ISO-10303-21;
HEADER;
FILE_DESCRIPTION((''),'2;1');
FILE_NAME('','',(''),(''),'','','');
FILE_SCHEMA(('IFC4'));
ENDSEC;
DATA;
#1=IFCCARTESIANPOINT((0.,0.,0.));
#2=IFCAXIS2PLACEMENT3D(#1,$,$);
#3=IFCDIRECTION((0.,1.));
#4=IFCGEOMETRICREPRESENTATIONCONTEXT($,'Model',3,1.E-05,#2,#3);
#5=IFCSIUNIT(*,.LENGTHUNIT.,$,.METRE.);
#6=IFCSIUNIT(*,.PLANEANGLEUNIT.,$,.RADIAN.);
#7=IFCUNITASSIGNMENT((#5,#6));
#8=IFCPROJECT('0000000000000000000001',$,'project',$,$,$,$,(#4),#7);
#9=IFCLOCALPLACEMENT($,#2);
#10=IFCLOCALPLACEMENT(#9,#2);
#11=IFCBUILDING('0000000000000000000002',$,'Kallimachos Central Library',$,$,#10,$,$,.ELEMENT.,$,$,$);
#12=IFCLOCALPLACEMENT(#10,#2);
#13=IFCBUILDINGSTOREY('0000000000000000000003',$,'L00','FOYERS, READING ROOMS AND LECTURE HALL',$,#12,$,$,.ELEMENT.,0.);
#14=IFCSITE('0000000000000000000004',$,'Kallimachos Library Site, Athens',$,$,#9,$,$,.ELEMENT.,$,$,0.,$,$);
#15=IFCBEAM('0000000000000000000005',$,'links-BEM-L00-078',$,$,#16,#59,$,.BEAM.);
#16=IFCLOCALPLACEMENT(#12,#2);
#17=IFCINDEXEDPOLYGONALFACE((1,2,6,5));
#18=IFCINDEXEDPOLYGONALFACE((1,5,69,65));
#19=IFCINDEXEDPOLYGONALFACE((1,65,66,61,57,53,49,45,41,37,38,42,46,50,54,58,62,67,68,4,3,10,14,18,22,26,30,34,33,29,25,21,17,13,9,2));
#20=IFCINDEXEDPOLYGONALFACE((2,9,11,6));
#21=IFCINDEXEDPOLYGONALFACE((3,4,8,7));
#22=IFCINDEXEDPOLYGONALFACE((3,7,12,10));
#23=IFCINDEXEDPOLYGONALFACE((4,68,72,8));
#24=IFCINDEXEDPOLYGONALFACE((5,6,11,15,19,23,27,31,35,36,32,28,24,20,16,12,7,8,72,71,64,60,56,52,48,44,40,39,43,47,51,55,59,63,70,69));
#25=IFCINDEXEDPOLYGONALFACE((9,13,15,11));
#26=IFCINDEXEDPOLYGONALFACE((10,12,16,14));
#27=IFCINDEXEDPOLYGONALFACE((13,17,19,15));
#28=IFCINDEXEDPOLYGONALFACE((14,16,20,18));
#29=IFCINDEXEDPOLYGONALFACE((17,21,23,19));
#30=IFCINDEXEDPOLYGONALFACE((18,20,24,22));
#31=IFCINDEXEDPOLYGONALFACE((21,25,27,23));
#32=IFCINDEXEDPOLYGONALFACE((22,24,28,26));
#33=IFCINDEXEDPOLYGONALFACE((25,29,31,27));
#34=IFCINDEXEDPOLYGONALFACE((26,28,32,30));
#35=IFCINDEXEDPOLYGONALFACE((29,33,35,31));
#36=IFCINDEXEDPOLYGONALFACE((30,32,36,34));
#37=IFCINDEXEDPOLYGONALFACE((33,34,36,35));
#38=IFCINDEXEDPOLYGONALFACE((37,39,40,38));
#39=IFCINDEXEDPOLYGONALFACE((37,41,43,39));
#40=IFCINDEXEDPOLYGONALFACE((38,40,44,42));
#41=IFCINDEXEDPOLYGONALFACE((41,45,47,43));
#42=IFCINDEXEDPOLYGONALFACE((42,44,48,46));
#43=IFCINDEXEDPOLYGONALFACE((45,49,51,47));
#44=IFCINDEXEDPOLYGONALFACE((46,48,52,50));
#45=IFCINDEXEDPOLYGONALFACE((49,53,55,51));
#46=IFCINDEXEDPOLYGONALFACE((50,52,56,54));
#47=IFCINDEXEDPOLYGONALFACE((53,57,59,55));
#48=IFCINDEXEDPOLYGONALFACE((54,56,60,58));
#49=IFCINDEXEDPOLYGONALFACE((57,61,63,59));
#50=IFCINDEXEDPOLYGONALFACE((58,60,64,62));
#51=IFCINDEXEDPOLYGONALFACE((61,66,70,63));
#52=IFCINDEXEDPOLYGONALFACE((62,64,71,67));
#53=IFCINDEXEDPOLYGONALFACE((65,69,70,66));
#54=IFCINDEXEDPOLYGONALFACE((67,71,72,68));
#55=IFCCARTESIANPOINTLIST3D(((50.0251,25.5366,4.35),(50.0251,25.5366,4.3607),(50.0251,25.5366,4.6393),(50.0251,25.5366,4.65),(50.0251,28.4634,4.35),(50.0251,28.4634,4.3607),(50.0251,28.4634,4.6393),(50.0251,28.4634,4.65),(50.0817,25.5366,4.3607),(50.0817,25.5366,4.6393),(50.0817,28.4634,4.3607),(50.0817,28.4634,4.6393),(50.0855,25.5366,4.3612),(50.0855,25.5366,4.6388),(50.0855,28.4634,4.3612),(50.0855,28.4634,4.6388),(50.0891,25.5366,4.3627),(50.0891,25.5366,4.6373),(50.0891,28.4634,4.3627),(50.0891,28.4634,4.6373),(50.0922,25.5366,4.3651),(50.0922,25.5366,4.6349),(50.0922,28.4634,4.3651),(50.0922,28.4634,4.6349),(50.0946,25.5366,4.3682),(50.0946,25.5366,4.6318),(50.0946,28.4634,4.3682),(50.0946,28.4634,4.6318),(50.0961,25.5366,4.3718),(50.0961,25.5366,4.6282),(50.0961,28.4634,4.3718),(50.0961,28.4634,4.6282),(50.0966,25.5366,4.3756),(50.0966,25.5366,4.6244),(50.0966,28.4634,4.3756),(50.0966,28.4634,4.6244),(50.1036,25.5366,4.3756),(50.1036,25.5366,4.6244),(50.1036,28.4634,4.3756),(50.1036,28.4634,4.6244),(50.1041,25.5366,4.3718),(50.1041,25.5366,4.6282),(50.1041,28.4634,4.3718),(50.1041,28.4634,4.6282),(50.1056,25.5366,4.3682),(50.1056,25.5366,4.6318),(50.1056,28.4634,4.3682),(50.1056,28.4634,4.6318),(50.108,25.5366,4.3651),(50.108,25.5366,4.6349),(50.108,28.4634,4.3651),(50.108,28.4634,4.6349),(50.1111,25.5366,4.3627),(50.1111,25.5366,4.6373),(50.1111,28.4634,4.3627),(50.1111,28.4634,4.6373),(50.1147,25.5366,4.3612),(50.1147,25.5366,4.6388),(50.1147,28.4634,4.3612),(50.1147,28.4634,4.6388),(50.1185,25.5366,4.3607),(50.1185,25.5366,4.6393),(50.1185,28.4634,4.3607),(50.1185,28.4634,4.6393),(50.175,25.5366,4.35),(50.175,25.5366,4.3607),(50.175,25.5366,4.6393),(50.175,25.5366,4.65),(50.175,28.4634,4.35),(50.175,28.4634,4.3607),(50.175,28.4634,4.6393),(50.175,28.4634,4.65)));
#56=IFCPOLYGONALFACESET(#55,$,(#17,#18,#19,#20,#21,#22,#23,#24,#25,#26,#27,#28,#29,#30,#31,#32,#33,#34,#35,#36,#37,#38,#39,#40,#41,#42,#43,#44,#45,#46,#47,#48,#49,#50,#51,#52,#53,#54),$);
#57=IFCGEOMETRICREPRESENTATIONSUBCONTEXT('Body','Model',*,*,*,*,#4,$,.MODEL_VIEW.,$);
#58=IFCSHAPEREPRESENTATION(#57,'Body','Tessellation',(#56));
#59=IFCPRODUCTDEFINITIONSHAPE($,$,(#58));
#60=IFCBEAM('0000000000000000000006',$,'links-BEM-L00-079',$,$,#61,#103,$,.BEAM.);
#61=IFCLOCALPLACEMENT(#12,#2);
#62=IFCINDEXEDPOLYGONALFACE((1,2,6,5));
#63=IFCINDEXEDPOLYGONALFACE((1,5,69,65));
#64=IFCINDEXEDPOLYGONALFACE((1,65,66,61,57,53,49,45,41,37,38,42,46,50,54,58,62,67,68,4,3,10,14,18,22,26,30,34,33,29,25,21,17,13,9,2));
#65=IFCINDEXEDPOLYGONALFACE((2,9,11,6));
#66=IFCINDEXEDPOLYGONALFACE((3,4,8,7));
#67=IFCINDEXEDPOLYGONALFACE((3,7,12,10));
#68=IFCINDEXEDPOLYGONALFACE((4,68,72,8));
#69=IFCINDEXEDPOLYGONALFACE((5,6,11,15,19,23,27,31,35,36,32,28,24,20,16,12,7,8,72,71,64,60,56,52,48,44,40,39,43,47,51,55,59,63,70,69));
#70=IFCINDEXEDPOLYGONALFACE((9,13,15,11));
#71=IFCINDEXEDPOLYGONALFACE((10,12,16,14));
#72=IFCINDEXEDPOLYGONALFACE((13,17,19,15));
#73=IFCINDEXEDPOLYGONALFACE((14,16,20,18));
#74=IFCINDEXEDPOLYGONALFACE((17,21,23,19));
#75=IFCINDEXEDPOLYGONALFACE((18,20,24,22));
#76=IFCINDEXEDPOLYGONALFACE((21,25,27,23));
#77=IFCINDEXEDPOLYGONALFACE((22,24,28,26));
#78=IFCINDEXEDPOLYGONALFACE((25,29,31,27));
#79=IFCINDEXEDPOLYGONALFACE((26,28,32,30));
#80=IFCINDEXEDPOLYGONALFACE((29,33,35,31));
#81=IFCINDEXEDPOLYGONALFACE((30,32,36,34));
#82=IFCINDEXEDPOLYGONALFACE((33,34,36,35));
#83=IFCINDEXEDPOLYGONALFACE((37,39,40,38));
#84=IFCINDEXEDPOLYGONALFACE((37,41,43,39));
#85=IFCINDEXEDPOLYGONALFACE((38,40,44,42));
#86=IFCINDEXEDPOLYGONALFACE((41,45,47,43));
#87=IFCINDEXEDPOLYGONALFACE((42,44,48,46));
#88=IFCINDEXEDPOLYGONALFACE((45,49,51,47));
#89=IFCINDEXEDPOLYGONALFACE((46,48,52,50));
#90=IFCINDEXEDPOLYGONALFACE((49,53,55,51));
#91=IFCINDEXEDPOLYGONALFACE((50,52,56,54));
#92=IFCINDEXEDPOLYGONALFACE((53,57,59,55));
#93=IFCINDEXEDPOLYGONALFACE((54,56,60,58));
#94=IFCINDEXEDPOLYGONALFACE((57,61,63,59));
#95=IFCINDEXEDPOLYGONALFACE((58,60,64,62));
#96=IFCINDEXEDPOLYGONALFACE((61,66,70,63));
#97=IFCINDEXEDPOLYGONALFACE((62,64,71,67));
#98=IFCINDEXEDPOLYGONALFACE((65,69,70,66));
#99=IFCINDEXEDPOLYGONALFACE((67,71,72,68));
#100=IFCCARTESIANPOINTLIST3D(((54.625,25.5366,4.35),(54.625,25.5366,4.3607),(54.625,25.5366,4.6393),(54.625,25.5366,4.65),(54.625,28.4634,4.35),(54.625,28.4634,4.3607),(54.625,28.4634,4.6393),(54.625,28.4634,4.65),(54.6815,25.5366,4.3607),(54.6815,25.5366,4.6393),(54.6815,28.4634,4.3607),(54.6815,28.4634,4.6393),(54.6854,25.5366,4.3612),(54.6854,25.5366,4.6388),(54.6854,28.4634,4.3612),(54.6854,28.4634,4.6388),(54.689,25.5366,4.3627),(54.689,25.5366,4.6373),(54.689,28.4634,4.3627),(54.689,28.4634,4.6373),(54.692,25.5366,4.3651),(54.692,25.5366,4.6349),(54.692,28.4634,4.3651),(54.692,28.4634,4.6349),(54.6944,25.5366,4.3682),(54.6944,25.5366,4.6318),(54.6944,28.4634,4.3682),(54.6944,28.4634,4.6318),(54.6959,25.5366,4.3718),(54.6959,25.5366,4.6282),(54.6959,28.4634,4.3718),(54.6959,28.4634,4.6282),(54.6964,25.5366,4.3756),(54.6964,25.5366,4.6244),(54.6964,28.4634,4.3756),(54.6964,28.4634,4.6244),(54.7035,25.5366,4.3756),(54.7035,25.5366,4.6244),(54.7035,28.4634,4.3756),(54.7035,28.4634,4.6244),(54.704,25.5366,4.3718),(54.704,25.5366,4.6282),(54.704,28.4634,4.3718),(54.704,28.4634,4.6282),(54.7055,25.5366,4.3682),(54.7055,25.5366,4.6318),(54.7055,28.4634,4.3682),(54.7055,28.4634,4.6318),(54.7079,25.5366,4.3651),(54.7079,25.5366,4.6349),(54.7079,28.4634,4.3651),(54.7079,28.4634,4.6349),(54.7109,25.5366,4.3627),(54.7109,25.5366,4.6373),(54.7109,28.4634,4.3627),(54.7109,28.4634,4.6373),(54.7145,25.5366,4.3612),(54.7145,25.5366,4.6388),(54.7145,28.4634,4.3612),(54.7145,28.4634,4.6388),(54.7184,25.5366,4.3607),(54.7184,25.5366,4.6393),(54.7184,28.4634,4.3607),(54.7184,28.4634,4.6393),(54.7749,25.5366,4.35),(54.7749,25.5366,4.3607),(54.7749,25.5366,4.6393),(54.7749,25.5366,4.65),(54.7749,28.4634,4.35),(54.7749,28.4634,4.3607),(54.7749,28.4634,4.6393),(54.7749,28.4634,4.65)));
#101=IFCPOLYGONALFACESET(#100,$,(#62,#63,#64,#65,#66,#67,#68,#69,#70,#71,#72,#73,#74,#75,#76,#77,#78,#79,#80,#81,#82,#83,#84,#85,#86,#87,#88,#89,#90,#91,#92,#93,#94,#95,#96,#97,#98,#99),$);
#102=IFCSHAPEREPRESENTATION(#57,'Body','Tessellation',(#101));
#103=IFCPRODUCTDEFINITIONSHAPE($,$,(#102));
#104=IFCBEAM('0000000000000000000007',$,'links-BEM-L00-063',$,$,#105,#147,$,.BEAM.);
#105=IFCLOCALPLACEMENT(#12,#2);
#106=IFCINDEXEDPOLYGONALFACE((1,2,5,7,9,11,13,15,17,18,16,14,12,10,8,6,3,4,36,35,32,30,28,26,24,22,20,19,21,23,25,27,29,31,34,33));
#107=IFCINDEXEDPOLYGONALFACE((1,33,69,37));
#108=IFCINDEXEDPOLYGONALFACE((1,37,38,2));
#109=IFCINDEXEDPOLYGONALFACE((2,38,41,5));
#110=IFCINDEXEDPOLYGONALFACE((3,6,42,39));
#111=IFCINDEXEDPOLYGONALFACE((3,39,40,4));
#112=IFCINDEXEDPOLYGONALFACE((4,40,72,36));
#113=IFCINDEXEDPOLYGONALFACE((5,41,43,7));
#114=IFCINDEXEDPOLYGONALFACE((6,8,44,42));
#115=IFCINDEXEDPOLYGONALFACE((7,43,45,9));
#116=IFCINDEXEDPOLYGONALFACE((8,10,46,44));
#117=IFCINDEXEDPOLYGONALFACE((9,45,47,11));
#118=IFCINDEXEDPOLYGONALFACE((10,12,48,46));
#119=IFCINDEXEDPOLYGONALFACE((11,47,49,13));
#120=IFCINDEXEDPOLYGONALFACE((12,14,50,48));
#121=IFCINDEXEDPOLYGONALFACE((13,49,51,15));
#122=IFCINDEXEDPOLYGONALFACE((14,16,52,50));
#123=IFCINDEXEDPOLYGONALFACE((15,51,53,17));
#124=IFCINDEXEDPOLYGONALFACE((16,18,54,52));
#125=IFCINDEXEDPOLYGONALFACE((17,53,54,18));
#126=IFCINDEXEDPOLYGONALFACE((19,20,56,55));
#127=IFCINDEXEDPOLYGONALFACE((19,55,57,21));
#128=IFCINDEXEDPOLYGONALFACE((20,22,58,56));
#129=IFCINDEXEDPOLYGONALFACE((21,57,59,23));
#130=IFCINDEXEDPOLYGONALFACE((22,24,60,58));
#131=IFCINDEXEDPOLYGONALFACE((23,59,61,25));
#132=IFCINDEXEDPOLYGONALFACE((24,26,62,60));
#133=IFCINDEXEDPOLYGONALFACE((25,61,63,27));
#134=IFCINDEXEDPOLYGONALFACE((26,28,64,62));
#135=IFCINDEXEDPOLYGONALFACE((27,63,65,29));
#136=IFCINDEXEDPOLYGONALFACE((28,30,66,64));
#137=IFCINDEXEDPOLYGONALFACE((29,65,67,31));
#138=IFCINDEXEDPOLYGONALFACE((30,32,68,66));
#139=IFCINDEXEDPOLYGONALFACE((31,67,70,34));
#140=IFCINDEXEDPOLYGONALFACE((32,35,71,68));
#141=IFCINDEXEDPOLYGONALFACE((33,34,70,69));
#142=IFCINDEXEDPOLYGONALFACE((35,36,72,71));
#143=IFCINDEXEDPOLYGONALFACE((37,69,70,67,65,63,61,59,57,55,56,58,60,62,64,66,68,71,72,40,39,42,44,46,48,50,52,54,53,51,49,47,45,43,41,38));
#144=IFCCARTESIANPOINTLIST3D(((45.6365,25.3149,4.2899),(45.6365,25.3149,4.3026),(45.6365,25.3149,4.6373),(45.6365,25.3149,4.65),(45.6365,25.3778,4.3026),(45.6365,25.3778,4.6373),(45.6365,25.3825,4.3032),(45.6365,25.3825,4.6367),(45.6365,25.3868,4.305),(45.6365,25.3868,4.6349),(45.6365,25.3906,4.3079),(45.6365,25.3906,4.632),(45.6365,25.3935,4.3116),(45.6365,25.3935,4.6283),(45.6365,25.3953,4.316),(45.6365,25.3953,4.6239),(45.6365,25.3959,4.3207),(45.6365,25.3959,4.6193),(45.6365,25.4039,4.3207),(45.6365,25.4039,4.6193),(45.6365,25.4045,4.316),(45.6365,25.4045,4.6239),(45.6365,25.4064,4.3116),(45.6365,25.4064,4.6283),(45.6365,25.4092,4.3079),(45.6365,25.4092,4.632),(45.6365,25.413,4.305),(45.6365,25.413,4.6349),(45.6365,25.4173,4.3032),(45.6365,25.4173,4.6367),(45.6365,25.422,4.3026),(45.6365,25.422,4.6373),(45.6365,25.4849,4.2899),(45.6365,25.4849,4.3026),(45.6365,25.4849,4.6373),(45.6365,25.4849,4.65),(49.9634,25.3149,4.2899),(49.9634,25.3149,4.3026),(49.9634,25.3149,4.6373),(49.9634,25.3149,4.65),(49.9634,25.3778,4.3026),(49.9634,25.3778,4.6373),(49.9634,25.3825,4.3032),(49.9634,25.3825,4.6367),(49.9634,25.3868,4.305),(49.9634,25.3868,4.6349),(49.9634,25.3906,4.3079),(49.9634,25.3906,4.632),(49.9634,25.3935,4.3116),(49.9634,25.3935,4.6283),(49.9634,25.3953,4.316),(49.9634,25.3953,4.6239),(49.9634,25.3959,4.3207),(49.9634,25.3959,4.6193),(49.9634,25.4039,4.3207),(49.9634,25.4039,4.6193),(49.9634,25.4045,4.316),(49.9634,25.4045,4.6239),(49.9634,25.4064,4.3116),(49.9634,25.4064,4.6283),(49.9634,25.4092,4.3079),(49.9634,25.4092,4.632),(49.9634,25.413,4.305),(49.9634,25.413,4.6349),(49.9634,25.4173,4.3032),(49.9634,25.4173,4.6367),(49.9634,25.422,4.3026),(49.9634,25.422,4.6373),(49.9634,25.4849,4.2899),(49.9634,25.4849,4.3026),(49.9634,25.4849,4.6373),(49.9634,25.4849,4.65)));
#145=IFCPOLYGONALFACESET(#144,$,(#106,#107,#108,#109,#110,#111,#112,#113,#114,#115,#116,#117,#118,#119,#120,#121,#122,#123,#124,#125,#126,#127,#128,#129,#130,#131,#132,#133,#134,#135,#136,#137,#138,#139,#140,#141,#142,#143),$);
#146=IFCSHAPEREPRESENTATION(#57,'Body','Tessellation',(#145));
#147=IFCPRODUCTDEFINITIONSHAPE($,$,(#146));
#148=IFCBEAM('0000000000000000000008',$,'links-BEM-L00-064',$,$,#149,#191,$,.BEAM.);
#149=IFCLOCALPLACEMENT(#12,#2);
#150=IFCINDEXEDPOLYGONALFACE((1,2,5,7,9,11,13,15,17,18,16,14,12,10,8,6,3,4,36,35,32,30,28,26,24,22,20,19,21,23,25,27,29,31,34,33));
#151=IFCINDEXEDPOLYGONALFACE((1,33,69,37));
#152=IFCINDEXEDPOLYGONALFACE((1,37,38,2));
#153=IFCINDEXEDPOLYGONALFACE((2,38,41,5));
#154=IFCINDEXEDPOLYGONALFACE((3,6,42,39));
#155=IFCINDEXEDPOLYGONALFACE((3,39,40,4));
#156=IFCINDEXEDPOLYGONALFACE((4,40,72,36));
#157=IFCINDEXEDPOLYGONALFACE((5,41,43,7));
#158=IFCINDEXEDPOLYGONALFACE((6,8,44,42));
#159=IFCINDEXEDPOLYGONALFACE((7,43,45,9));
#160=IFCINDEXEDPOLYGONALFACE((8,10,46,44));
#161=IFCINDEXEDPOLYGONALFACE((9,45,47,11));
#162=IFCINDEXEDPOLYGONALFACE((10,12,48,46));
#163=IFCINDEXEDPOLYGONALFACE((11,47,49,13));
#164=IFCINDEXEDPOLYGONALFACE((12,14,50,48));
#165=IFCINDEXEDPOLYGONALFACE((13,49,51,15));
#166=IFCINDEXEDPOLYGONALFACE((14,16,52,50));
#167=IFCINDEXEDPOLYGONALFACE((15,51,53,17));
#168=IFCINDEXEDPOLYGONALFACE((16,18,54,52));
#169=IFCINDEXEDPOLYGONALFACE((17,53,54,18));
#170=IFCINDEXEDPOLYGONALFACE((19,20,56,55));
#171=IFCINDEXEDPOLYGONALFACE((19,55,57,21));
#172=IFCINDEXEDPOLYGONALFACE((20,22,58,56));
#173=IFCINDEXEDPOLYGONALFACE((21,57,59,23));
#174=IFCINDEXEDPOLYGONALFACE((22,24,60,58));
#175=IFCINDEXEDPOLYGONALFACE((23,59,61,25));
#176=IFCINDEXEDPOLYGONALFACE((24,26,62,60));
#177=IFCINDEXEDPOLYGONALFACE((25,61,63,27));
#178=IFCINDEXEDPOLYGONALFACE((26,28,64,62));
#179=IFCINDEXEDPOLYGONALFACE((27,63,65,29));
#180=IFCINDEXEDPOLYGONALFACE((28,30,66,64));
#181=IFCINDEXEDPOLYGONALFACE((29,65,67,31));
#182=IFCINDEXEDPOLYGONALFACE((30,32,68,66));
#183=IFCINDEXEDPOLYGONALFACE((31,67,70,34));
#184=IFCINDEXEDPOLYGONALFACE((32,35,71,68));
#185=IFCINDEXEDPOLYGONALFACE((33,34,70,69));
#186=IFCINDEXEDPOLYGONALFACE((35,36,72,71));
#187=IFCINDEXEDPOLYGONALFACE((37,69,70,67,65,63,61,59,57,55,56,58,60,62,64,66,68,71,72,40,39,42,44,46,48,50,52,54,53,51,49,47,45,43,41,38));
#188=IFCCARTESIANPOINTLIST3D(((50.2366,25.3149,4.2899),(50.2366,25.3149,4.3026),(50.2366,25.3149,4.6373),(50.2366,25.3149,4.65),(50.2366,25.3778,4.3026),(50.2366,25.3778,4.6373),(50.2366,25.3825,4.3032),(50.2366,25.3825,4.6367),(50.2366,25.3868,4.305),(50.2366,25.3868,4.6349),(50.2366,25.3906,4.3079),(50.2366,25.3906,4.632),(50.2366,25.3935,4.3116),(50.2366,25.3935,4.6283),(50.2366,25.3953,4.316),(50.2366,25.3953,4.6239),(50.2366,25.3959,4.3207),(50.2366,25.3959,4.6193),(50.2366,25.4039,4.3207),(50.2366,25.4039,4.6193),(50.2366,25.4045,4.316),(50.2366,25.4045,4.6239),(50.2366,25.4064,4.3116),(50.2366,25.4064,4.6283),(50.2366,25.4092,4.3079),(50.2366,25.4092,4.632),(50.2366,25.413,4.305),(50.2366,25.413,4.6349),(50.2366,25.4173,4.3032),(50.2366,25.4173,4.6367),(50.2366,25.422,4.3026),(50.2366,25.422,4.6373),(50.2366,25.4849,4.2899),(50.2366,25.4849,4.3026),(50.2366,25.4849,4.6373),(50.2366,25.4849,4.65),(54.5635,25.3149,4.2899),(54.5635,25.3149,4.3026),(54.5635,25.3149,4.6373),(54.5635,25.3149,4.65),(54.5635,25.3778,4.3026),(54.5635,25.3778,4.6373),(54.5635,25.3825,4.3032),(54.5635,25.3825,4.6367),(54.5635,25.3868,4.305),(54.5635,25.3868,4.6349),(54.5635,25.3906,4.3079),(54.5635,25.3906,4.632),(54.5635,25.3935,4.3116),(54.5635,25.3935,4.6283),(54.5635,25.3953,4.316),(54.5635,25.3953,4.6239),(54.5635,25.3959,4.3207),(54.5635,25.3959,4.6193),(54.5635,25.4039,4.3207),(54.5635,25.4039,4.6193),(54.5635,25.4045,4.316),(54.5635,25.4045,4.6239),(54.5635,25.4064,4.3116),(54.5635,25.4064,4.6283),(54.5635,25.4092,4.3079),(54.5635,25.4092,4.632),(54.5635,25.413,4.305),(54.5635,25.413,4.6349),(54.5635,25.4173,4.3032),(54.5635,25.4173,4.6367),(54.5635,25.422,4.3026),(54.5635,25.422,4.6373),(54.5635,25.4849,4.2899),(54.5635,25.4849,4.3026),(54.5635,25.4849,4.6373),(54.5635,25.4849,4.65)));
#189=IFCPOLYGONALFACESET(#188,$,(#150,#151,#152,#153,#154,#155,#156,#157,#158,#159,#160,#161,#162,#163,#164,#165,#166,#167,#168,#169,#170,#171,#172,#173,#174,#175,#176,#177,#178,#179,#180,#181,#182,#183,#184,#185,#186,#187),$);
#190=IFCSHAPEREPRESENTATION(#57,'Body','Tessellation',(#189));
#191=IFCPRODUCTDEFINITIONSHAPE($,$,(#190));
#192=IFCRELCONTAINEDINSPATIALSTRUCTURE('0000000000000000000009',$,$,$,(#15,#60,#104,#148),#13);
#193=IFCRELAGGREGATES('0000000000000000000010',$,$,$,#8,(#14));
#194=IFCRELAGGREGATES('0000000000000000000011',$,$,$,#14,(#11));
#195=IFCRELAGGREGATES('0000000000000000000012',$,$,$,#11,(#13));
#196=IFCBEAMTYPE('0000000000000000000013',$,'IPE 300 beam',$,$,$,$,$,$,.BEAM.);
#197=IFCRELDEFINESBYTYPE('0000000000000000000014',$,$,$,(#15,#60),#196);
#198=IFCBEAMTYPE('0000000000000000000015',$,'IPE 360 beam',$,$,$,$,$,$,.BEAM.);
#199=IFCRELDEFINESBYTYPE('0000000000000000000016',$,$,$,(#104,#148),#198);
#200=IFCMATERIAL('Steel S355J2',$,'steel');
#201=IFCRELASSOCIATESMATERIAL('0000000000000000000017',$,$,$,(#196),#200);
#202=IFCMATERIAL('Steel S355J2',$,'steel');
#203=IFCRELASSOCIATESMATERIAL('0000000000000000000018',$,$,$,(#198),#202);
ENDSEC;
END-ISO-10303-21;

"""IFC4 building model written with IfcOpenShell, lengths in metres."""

from ifc_helpers import new_model, si_unit, direction, frame, origin, origin_2d, place, context, subcontext, project, spatial, i_section, extrude, material, material_profile, profile_set, type_object, element, save


model = new_model("IFC4")

# Units and contexts
model_context = context("Model", 3, precision=1e-05, world=origin(), true_north=direction((0.0, 1.0)))
body_context = subcontext(model_context, "Body", "Model", "MODEL_VIEW")
ifc_project = project(units=[si_unit("LENGTHUNIT", "METRE"), si_unit("PLANEANGLEUNIT", "RADIAN")], contexts=[model_context])

# Site, building, storey
site_placement = place(None, origin())
site = spatial("IfcSite", under=ifc_project, at=site_placement, Name="Kallimachos Library Site, Athens", CompositionType="ELEMENT", RefElevation=0.0)
building_placement = place(site_placement, origin())
building = spatial("IfcBuilding", under=site, at=building_placement, Name="Kallimachos Central Library", CompositionType="ELEMENT")
storey_placement = place(building_placement, origin())
storey = spatial("IfcBuildingStorey", under=building, at=storey_placement, Name="L00", Description="FOYERS, READING ROOMS AND LECTURE HALL", CompositionType="ELEMENT", Elevation=0.0)

# Beams
ifc_material_1 = material(Name="Steel S355J2", Category="steel")
ifc_material_profile_1 = material_profile(ifc_material_1, i_section(OverallWidth=0.1499, OverallDepth=0.3, WebThickness=0.0071, FlangeThickness=0.0107, FilletRadius=0.0149, at=origin_2d()), Name="IPE 300")
ifc_profile_set_1 = profile_set([ifc_material_profile_1], Name="Steel S355J2")
beam_type_1 = type_object("IfcBeamType", Name="IPE 300 beam", PredefinedType="BEAM", material=ifc_profile_set_1)
for number, where, z_axis, x_axis, name in (
    (1, (50.1001, 25.5366, 4.5), (0.0, 1.0, 0.0), (-1.0, 0.0, 0.0), "links-BEM-L00-078"),
    (2, (54.7, 25.5366, 4.5), (0.0, 1.0, 0.0), (-1.0, 0.0, 0.0), "links-BEM-L00-079"),
):
    element("IfcBeam", number, at=place(storey_placement, frame(where, z_axis=z_axis, x_axis=x_axis)), inside=storey, type_object=beam_type_1, Name=name, PredefinedType="BEAM", context=body_context, shape_type="SweptSolid", body=[
        extrude(i_section(OverallWidth=0.1499, OverallDepth=0.3, WebThickness=0.0071, FlangeThickness=0.0107, FilletRadius=0.0149, at=origin_2d()), origin(), (0.0, 0.0, 1.0), 2.9268),
    ])
ifc_material_2 = material(Name="Steel S355J2", Category="steel")
ifc_material_profile_2 = material_profile(ifc_material_2, i_section(OverallWidth=0.1699, OverallDepth=0.3601, WebThickness=0.0081, FlangeThickness=0.0127, FilletRadius=0.0181, at=origin_2d()), Name="IPE 360")
ifc_profile_set_2 = profile_set([ifc_material_profile_2], Name="Steel S355J2")
beam_type_2 = type_object("IfcBeamType", Name="IPE 360 beam", PredefinedType="BEAM", material=ifc_profile_set_2)
for number, where, z_axis, x_axis, name in (
    (3, (45.6365, 25.3999, 4.47), (1.0, 0.0, 0.0), (0.0, 1.0, 0.0), "links-BEM-L00-063"),
    (4, (50.2366, 25.3999, 4.47), (1.0, 0.0, 0.0), (0.0, 1.0, 0.0), "links-BEM-L00-064"),
):
    element("IfcBeam", number, at=place(storey_placement, frame(where, z_axis=z_axis, x_axis=x_axis)), inside=storey, type_object=beam_type_2, Name=name, PredefinedType="BEAM", context=body_context, shape_type="SweptSolid", body=[
        extrude(i_section(OverallWidth=0.1699, OverallDepth=0.3601, WebThickness=0.0081, FlangeThickness=0.0127, FilletRadius=0.0181, at=origin_2d()), origin(), (0.0, 0.0, 1.0), 4.3269),
    ])

save(model, "model.ifc")
